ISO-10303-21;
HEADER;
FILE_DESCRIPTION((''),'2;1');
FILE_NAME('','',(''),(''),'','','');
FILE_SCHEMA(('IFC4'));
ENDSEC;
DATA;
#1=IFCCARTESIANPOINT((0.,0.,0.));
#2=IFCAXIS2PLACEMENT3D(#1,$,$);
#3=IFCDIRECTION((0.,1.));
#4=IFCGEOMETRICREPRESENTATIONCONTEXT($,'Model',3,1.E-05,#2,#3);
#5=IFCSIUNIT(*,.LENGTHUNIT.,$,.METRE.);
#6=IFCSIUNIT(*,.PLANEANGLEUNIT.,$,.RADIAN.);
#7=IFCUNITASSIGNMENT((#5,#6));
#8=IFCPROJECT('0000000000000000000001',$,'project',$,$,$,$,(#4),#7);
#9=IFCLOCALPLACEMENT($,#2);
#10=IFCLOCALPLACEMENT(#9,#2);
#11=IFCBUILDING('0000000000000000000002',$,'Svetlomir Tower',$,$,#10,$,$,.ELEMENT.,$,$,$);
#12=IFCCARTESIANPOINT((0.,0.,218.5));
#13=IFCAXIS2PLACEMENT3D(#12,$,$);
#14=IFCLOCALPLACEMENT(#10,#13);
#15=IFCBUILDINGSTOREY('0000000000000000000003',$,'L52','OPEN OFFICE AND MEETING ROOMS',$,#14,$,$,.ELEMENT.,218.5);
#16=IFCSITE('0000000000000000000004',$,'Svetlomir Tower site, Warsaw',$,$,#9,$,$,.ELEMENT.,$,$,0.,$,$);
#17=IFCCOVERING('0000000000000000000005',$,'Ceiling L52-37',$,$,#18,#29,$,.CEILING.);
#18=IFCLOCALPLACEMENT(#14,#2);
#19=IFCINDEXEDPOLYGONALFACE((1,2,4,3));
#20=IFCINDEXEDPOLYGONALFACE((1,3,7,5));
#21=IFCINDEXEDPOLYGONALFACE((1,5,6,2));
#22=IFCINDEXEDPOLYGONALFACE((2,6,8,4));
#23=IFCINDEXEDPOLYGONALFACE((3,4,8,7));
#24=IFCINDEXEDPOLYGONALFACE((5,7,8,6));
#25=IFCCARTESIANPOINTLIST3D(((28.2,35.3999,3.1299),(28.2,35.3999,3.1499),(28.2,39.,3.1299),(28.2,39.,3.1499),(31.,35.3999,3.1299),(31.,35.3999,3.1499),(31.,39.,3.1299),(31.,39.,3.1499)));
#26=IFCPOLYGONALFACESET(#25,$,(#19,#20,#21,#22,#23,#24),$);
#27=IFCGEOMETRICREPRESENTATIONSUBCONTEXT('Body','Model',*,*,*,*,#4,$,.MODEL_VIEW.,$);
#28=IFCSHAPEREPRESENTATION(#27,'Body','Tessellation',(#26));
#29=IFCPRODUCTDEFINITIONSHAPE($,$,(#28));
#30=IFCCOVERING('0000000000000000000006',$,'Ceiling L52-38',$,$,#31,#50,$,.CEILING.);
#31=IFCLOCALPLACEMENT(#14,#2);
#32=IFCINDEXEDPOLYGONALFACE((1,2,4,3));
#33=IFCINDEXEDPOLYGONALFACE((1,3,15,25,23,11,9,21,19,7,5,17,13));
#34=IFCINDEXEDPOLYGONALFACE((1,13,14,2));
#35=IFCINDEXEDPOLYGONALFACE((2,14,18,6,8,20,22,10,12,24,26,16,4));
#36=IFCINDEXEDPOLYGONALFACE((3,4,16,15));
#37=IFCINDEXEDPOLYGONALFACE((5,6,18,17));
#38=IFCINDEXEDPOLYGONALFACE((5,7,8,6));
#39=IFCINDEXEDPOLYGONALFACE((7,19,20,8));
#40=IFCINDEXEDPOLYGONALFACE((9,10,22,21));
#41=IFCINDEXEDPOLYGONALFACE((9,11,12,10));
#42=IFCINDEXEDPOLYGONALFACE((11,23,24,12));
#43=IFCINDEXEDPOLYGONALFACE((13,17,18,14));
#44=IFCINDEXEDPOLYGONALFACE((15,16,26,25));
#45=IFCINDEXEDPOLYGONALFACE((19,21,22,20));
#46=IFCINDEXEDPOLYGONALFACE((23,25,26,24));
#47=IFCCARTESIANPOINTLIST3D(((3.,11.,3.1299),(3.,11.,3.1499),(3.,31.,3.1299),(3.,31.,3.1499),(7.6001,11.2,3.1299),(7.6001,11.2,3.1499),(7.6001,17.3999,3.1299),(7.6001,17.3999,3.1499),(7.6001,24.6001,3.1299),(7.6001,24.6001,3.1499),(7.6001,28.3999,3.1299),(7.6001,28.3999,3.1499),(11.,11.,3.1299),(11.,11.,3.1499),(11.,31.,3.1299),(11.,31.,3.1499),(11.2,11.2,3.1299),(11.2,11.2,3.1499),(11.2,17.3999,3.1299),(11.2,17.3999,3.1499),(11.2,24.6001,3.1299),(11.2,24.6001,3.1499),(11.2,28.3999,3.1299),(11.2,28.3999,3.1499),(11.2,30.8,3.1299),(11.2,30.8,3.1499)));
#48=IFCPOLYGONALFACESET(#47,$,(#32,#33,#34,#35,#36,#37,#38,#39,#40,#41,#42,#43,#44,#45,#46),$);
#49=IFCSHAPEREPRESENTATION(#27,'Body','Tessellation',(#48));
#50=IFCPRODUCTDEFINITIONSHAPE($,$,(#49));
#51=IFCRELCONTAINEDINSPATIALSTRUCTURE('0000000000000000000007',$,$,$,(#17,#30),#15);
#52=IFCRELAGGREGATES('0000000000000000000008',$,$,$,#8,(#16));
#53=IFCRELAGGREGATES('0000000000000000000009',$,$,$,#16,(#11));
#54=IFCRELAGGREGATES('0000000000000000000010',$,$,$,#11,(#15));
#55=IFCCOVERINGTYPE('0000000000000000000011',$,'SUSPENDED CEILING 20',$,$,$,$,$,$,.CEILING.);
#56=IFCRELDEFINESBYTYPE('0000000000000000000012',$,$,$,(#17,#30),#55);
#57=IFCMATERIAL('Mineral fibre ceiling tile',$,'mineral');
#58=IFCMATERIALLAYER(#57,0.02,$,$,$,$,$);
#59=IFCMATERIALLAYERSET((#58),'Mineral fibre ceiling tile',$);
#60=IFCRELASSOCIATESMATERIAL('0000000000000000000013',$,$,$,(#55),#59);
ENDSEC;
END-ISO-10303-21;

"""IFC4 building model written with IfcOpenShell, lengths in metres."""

from ifc_helpers import new_model, si_unit, direction, frame, origin, place, context, subcontext, project, spatial, polyline, outline, extrude, material, layer, layer_set, type_object, element, save


model = new_model("IFC4")

# Units and contexts
model_context = context("Model", 3, precision=1e-05, world=origin(), true_north=direction((0.0, 1.0)))
body_context = subcontext(model_context, "Body", "Model", "MODEL_VIEW")
ifc_project = project(units=[si_unit("LENGTHUNIT", "METRE"), si_unit("PLANEANGLEUNIT", "RADIAN")], contexts=[model_context])

# Site, building, storey
site_placement = place(None, origin())
site = spatial("IfcSite", under=ifc_project, at=site_placement, Name="Svetlomir Tower site, Warsaw", CompositionType="ELEMENT", RefElevation=0.0)
building_placement = place(site_placement, origin())
building = spatial("IfcBuilding", under=site, at=building_placement, Name="Svetlomir Tower", CompositionType="ELEMENT")
storey_placement = place(building_placement, frame((0.0, 0.0, 218.5)))
storey = spatial("IfcBuildingStorey", under=building, at=storey_placement, Name="L52", Description="OPEN OFFICE AND MEETING ROOMS", CompositionType="ELEMENT", Elevation=218.5)

# Coverings
ifc_material_1 = material(Name="Mineral fibre ceiling tile", Category="mineral")
ifc_layer_1 = layer(ifc_material_1, 0.02)
ifc_layer_set_1 = layer_set([ifc_layer_1], Name="Mineral fibre ceiling tile")
covering_type_1 = type_object("IfcCoveringType", Name="SUSPENDED CEILING 20", PredefinedType="CEILING", material=ifc_layer_set_1)
covering_1_placement = place(storey_placement, frame((0.0, 0.0, 3.1299)))
element("IfcCovering", 1, at=covering_1_placement, inside=storey, type_object=covering_type_1, Name="Ceiling L52-37", PredefinedType="CEILING", context=body_context, shape_type="SweptSolid", body=[
    extrude(outline(polyline([(31.0, 39.0), (31.0, 35.3999), (28.2, 35.3999), (28.2, 39.0), (31.0, 39.0)])), origin(), (0.0, 0.0, 1.0), 0.02),
])
covering_2_placement = place(storey_placement, frame((0.0, 0.0, 3.1299)))
element("IfcCovering", 2, at=covering_2_placement, inside=storey, type_object=covering_type_1, Name="Ceiling L52-38", PredefinedType="CEILING", context=body_context, shape_type="SweptSolid", body=[
    extrude(outline(polyline([(3.0, 31.0), (11.0, 31.0), (11.2, 30.8), (11.2, 28.3999), (7.6001, 28.3999), (7.6001, 24.6001), (11.2, 24.6001), (11.2, 17.3999), (7.6001, 17.3999), (7.6001, 11.2), (11.2, 11.2), (11.0, 11.0), (3.0, 11.0), (3.0, 31.0)])), origin(), (0.0, 0.0, 1.0), 0.02),
])

save(model, "model.ifc")
